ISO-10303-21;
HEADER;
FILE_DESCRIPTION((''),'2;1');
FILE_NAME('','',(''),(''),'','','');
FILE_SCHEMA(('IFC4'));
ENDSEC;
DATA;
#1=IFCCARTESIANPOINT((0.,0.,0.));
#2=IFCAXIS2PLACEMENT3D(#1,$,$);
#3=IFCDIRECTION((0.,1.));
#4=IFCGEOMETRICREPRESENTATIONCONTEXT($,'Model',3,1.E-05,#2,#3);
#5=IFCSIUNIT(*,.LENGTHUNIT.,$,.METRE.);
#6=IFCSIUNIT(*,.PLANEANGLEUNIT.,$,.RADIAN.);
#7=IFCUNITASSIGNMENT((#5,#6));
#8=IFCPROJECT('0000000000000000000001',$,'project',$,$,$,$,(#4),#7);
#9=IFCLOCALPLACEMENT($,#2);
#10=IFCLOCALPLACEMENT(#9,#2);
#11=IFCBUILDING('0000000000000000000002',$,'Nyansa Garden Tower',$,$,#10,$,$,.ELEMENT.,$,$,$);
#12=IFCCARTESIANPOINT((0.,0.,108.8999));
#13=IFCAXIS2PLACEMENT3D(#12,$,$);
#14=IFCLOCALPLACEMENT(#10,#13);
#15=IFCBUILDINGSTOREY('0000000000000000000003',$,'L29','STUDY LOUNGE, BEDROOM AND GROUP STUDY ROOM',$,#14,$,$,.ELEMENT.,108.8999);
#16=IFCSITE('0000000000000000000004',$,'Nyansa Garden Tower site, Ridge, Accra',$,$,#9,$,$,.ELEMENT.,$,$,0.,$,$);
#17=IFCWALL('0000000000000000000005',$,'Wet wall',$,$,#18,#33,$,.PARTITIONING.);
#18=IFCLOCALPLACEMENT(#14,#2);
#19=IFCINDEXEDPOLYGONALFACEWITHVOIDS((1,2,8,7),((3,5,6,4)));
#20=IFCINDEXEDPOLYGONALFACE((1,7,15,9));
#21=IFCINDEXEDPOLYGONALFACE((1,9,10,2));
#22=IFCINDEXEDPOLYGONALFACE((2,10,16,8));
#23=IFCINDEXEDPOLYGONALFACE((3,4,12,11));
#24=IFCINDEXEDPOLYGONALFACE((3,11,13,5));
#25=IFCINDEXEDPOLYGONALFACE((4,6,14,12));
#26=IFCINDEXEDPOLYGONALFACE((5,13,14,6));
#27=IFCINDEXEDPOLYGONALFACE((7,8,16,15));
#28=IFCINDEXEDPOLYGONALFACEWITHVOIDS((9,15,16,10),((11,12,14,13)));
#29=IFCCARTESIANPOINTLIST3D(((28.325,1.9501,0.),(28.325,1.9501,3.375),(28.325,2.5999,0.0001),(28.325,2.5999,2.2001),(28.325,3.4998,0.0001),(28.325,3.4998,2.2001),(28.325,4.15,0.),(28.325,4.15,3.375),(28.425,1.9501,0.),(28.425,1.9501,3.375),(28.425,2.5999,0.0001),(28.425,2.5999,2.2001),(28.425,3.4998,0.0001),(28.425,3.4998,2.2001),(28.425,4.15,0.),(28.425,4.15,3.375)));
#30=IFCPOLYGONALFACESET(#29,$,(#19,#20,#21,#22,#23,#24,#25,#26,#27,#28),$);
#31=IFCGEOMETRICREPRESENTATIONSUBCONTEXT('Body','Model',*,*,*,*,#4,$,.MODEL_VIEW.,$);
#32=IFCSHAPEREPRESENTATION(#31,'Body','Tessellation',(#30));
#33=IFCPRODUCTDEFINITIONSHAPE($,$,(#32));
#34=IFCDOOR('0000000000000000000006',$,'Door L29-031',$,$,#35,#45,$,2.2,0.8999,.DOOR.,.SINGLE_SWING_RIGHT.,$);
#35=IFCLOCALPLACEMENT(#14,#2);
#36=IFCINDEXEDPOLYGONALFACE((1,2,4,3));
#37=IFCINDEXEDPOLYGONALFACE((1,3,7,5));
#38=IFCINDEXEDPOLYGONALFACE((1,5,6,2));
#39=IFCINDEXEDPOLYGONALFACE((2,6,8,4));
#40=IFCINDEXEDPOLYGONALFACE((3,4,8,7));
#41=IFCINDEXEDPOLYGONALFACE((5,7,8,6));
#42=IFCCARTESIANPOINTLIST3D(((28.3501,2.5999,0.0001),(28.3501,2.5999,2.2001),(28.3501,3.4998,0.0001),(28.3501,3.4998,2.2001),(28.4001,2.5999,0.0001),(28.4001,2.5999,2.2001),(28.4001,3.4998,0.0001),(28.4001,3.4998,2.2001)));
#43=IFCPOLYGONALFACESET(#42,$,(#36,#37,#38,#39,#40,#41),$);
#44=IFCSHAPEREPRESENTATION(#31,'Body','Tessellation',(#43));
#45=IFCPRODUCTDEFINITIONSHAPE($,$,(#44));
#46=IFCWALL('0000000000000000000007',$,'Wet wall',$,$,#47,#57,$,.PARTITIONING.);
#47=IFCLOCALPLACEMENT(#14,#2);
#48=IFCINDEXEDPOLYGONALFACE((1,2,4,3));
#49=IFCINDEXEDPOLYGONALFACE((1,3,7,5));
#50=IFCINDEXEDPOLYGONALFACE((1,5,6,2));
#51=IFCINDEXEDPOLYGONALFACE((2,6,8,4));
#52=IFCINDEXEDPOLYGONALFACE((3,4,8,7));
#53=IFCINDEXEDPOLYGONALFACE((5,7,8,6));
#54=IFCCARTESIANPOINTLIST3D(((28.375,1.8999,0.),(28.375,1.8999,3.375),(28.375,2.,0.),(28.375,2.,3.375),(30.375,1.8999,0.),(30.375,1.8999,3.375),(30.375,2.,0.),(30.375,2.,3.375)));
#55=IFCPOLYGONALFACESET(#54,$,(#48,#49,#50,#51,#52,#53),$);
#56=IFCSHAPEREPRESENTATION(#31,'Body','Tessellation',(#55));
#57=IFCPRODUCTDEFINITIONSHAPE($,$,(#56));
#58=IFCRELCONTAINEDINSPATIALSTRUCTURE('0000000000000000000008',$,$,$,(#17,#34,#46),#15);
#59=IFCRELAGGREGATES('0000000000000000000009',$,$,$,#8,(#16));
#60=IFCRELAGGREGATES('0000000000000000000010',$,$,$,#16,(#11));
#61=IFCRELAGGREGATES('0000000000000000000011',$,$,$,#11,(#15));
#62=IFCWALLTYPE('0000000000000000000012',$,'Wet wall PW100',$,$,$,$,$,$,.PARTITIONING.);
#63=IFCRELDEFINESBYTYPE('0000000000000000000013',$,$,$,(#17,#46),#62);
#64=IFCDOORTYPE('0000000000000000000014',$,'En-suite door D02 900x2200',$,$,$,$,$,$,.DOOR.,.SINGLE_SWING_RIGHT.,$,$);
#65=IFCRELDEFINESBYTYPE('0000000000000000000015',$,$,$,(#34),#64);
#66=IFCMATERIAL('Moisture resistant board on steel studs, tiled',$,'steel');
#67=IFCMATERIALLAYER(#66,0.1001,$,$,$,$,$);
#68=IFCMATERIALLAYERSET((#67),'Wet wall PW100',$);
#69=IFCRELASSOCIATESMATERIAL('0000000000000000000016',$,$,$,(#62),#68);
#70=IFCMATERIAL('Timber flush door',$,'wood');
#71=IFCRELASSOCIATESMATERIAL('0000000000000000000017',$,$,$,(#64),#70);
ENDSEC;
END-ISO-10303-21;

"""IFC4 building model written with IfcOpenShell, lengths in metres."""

from ifc_helpers import new_model, si_unit, direction, frame, frame_2d, origin, place, context, subcontext, project, spatial, rectangle, extrude, material, layer, layer_set, type_object, element, fill, save


model = new_model("IFC4")

# Units and contexts
model_context = context("Model", 3, precision=1e-05, world=origin(), true_north=direction((0.0, 1.0)))
body_context = subcontext(model_context, "Body", "Model", "MODEL_VIEW")
ifc_project = project(units=[si_unit("LENGTHUNIT", "METRE"), si_unit("PLANEANGLEUNIT", "RADIAN")], contexts=[model_context])

# Site, building, storey
site_placement = place(None, origin())
site = spatial("IfcSite", under=ifc_project, at=site_placement, Name="Nyansa Garden Tower site, Ridge, Accra", CompositionType="ELEMENT", RefElevation=0.0)
building_placement = place(site_placement, origin())
building = spatial("IfcBuilding", under=site, at=building_placement, Name="Nyansa Garden Tower", CompositionType="ELEMENT")
storey_placement = place(building_placement, frame((0.0, 0.0, 108.8999)))
storey = spatial("IfcBuildingStorey", under=building, at=storey_placement, Name="L29", Description="STUDY LOUNGE, BEDROOM AND GROUP STUDY ROOM", CompositionType="ELEMENT", Elevation=108.8999)

# Wall, opening, door
ifc_material_1 = material(Name="Moisture resistant board on steel studs, tiled", Category="steel")
ifc_layer_1 = layer(ifc_material_1, 0.1001)
ifc_layer_set_1 = layer_set([ifc_layer_1], Name="Wet wall PW100")
wall_type_1 = type_object("IfcWallType", Name="Wet wall PW100", PredefinedType="PARTITIONING", material=ifc_layer_set_1)
wall_1_placement = place(storey_placement, frame((28.375, 1.95, 0.0), z_axis=(0.0, 0.0, 1.0), x_axis=(0.0, 1.0, 0.0)))
wall_1 = element("IfcWall", 1, at=wall_1_placement, inside=storey, type_object=wall_type_1, Name="Wet wall", PredefinedType="PARTITIONING", context=body_context, shape_type="SweptSolid", body=[
    extrude(rectangle(XDim=2.2, YDim=0.1001, at=frame_2d((1.1001, 0.0))), origin(), (0.0, 0.0, 1.0), 3.375),
])
opening_1_placement = place(wall_1_placement, frame((0.6499, 0.0, 0.0)))
opening_1 = element("IfcOpeningElement", 2, at=opening_1_placement, cuts=wall_1, PredefinedType="OPENING", context=body_context, shape_type="SweptSolid", body=[
    extrude(rectangle(XDim=0.8999, YDim=2.2, at=frame_2d((0.45, 1.1001))), frame((0.0, 0.0601, 0.0), z_axis=(0.0, -1.0, 0.0), x_axis=(1.0, 0.0, 0.0)), (0.0, 0.0, 1.0), 0.1201),
])
ifc_material_2 = material(Name="Timber flush door", Category="wood")
door_type = type_object("IfcDoorType", Name="En-suite door D02 900x2200", OperationType="SINGLE_SWING_RIGHT", PredefinedType="DOOR", material=ifc_material_2)
door_placement = place(opening_1_placement, origin())
door = element("IfcDoor", 3, at=door_placement, inside=storey, type_object=door_type, Name="Door L29-031", OperationType="SINGLE_SWING_RIGHT", OverallHeight=2.2, OverallWidth=0.8999, PredefinedType="DOOR", context=body_context, shape_type="SweptSolid", body=[
    extrude(rectangle(XDim=0.8999, YDim=2.2, at=frame_2d((0.45, 1.1001))), frame((0.0, 0.0249, 0.0), z_axis=(0.0, -1.0, 0.0), x_axis=(1.0, 0.0, 0.0)), (0.0, 0.0, 1.0), 0.05),
])
fill(opening_1, door)

# Wall
wall_2_placement = place(storey_placement, frame((28.375, 1.95, 0.0), z_axis=(0.0, 0.0, 1.0), x_axis=(1.0, 0.0, 0.0)))
element("IfcWall", 4, at=wall_2_placement, inside=storey, type_object=wall_type_1, Name="Wet wall", PredefinedType="PARTITIONING", context=body_context, shape_type="SweptSolid", body=[
    extrude(rectangle(XDim=2.0, YDim=0.1001, at=frame_2d((1.0, 0.0))), origin(), (0.0, 0.0, 1.0), 3.375),
])

save(model, "model.ifc")
